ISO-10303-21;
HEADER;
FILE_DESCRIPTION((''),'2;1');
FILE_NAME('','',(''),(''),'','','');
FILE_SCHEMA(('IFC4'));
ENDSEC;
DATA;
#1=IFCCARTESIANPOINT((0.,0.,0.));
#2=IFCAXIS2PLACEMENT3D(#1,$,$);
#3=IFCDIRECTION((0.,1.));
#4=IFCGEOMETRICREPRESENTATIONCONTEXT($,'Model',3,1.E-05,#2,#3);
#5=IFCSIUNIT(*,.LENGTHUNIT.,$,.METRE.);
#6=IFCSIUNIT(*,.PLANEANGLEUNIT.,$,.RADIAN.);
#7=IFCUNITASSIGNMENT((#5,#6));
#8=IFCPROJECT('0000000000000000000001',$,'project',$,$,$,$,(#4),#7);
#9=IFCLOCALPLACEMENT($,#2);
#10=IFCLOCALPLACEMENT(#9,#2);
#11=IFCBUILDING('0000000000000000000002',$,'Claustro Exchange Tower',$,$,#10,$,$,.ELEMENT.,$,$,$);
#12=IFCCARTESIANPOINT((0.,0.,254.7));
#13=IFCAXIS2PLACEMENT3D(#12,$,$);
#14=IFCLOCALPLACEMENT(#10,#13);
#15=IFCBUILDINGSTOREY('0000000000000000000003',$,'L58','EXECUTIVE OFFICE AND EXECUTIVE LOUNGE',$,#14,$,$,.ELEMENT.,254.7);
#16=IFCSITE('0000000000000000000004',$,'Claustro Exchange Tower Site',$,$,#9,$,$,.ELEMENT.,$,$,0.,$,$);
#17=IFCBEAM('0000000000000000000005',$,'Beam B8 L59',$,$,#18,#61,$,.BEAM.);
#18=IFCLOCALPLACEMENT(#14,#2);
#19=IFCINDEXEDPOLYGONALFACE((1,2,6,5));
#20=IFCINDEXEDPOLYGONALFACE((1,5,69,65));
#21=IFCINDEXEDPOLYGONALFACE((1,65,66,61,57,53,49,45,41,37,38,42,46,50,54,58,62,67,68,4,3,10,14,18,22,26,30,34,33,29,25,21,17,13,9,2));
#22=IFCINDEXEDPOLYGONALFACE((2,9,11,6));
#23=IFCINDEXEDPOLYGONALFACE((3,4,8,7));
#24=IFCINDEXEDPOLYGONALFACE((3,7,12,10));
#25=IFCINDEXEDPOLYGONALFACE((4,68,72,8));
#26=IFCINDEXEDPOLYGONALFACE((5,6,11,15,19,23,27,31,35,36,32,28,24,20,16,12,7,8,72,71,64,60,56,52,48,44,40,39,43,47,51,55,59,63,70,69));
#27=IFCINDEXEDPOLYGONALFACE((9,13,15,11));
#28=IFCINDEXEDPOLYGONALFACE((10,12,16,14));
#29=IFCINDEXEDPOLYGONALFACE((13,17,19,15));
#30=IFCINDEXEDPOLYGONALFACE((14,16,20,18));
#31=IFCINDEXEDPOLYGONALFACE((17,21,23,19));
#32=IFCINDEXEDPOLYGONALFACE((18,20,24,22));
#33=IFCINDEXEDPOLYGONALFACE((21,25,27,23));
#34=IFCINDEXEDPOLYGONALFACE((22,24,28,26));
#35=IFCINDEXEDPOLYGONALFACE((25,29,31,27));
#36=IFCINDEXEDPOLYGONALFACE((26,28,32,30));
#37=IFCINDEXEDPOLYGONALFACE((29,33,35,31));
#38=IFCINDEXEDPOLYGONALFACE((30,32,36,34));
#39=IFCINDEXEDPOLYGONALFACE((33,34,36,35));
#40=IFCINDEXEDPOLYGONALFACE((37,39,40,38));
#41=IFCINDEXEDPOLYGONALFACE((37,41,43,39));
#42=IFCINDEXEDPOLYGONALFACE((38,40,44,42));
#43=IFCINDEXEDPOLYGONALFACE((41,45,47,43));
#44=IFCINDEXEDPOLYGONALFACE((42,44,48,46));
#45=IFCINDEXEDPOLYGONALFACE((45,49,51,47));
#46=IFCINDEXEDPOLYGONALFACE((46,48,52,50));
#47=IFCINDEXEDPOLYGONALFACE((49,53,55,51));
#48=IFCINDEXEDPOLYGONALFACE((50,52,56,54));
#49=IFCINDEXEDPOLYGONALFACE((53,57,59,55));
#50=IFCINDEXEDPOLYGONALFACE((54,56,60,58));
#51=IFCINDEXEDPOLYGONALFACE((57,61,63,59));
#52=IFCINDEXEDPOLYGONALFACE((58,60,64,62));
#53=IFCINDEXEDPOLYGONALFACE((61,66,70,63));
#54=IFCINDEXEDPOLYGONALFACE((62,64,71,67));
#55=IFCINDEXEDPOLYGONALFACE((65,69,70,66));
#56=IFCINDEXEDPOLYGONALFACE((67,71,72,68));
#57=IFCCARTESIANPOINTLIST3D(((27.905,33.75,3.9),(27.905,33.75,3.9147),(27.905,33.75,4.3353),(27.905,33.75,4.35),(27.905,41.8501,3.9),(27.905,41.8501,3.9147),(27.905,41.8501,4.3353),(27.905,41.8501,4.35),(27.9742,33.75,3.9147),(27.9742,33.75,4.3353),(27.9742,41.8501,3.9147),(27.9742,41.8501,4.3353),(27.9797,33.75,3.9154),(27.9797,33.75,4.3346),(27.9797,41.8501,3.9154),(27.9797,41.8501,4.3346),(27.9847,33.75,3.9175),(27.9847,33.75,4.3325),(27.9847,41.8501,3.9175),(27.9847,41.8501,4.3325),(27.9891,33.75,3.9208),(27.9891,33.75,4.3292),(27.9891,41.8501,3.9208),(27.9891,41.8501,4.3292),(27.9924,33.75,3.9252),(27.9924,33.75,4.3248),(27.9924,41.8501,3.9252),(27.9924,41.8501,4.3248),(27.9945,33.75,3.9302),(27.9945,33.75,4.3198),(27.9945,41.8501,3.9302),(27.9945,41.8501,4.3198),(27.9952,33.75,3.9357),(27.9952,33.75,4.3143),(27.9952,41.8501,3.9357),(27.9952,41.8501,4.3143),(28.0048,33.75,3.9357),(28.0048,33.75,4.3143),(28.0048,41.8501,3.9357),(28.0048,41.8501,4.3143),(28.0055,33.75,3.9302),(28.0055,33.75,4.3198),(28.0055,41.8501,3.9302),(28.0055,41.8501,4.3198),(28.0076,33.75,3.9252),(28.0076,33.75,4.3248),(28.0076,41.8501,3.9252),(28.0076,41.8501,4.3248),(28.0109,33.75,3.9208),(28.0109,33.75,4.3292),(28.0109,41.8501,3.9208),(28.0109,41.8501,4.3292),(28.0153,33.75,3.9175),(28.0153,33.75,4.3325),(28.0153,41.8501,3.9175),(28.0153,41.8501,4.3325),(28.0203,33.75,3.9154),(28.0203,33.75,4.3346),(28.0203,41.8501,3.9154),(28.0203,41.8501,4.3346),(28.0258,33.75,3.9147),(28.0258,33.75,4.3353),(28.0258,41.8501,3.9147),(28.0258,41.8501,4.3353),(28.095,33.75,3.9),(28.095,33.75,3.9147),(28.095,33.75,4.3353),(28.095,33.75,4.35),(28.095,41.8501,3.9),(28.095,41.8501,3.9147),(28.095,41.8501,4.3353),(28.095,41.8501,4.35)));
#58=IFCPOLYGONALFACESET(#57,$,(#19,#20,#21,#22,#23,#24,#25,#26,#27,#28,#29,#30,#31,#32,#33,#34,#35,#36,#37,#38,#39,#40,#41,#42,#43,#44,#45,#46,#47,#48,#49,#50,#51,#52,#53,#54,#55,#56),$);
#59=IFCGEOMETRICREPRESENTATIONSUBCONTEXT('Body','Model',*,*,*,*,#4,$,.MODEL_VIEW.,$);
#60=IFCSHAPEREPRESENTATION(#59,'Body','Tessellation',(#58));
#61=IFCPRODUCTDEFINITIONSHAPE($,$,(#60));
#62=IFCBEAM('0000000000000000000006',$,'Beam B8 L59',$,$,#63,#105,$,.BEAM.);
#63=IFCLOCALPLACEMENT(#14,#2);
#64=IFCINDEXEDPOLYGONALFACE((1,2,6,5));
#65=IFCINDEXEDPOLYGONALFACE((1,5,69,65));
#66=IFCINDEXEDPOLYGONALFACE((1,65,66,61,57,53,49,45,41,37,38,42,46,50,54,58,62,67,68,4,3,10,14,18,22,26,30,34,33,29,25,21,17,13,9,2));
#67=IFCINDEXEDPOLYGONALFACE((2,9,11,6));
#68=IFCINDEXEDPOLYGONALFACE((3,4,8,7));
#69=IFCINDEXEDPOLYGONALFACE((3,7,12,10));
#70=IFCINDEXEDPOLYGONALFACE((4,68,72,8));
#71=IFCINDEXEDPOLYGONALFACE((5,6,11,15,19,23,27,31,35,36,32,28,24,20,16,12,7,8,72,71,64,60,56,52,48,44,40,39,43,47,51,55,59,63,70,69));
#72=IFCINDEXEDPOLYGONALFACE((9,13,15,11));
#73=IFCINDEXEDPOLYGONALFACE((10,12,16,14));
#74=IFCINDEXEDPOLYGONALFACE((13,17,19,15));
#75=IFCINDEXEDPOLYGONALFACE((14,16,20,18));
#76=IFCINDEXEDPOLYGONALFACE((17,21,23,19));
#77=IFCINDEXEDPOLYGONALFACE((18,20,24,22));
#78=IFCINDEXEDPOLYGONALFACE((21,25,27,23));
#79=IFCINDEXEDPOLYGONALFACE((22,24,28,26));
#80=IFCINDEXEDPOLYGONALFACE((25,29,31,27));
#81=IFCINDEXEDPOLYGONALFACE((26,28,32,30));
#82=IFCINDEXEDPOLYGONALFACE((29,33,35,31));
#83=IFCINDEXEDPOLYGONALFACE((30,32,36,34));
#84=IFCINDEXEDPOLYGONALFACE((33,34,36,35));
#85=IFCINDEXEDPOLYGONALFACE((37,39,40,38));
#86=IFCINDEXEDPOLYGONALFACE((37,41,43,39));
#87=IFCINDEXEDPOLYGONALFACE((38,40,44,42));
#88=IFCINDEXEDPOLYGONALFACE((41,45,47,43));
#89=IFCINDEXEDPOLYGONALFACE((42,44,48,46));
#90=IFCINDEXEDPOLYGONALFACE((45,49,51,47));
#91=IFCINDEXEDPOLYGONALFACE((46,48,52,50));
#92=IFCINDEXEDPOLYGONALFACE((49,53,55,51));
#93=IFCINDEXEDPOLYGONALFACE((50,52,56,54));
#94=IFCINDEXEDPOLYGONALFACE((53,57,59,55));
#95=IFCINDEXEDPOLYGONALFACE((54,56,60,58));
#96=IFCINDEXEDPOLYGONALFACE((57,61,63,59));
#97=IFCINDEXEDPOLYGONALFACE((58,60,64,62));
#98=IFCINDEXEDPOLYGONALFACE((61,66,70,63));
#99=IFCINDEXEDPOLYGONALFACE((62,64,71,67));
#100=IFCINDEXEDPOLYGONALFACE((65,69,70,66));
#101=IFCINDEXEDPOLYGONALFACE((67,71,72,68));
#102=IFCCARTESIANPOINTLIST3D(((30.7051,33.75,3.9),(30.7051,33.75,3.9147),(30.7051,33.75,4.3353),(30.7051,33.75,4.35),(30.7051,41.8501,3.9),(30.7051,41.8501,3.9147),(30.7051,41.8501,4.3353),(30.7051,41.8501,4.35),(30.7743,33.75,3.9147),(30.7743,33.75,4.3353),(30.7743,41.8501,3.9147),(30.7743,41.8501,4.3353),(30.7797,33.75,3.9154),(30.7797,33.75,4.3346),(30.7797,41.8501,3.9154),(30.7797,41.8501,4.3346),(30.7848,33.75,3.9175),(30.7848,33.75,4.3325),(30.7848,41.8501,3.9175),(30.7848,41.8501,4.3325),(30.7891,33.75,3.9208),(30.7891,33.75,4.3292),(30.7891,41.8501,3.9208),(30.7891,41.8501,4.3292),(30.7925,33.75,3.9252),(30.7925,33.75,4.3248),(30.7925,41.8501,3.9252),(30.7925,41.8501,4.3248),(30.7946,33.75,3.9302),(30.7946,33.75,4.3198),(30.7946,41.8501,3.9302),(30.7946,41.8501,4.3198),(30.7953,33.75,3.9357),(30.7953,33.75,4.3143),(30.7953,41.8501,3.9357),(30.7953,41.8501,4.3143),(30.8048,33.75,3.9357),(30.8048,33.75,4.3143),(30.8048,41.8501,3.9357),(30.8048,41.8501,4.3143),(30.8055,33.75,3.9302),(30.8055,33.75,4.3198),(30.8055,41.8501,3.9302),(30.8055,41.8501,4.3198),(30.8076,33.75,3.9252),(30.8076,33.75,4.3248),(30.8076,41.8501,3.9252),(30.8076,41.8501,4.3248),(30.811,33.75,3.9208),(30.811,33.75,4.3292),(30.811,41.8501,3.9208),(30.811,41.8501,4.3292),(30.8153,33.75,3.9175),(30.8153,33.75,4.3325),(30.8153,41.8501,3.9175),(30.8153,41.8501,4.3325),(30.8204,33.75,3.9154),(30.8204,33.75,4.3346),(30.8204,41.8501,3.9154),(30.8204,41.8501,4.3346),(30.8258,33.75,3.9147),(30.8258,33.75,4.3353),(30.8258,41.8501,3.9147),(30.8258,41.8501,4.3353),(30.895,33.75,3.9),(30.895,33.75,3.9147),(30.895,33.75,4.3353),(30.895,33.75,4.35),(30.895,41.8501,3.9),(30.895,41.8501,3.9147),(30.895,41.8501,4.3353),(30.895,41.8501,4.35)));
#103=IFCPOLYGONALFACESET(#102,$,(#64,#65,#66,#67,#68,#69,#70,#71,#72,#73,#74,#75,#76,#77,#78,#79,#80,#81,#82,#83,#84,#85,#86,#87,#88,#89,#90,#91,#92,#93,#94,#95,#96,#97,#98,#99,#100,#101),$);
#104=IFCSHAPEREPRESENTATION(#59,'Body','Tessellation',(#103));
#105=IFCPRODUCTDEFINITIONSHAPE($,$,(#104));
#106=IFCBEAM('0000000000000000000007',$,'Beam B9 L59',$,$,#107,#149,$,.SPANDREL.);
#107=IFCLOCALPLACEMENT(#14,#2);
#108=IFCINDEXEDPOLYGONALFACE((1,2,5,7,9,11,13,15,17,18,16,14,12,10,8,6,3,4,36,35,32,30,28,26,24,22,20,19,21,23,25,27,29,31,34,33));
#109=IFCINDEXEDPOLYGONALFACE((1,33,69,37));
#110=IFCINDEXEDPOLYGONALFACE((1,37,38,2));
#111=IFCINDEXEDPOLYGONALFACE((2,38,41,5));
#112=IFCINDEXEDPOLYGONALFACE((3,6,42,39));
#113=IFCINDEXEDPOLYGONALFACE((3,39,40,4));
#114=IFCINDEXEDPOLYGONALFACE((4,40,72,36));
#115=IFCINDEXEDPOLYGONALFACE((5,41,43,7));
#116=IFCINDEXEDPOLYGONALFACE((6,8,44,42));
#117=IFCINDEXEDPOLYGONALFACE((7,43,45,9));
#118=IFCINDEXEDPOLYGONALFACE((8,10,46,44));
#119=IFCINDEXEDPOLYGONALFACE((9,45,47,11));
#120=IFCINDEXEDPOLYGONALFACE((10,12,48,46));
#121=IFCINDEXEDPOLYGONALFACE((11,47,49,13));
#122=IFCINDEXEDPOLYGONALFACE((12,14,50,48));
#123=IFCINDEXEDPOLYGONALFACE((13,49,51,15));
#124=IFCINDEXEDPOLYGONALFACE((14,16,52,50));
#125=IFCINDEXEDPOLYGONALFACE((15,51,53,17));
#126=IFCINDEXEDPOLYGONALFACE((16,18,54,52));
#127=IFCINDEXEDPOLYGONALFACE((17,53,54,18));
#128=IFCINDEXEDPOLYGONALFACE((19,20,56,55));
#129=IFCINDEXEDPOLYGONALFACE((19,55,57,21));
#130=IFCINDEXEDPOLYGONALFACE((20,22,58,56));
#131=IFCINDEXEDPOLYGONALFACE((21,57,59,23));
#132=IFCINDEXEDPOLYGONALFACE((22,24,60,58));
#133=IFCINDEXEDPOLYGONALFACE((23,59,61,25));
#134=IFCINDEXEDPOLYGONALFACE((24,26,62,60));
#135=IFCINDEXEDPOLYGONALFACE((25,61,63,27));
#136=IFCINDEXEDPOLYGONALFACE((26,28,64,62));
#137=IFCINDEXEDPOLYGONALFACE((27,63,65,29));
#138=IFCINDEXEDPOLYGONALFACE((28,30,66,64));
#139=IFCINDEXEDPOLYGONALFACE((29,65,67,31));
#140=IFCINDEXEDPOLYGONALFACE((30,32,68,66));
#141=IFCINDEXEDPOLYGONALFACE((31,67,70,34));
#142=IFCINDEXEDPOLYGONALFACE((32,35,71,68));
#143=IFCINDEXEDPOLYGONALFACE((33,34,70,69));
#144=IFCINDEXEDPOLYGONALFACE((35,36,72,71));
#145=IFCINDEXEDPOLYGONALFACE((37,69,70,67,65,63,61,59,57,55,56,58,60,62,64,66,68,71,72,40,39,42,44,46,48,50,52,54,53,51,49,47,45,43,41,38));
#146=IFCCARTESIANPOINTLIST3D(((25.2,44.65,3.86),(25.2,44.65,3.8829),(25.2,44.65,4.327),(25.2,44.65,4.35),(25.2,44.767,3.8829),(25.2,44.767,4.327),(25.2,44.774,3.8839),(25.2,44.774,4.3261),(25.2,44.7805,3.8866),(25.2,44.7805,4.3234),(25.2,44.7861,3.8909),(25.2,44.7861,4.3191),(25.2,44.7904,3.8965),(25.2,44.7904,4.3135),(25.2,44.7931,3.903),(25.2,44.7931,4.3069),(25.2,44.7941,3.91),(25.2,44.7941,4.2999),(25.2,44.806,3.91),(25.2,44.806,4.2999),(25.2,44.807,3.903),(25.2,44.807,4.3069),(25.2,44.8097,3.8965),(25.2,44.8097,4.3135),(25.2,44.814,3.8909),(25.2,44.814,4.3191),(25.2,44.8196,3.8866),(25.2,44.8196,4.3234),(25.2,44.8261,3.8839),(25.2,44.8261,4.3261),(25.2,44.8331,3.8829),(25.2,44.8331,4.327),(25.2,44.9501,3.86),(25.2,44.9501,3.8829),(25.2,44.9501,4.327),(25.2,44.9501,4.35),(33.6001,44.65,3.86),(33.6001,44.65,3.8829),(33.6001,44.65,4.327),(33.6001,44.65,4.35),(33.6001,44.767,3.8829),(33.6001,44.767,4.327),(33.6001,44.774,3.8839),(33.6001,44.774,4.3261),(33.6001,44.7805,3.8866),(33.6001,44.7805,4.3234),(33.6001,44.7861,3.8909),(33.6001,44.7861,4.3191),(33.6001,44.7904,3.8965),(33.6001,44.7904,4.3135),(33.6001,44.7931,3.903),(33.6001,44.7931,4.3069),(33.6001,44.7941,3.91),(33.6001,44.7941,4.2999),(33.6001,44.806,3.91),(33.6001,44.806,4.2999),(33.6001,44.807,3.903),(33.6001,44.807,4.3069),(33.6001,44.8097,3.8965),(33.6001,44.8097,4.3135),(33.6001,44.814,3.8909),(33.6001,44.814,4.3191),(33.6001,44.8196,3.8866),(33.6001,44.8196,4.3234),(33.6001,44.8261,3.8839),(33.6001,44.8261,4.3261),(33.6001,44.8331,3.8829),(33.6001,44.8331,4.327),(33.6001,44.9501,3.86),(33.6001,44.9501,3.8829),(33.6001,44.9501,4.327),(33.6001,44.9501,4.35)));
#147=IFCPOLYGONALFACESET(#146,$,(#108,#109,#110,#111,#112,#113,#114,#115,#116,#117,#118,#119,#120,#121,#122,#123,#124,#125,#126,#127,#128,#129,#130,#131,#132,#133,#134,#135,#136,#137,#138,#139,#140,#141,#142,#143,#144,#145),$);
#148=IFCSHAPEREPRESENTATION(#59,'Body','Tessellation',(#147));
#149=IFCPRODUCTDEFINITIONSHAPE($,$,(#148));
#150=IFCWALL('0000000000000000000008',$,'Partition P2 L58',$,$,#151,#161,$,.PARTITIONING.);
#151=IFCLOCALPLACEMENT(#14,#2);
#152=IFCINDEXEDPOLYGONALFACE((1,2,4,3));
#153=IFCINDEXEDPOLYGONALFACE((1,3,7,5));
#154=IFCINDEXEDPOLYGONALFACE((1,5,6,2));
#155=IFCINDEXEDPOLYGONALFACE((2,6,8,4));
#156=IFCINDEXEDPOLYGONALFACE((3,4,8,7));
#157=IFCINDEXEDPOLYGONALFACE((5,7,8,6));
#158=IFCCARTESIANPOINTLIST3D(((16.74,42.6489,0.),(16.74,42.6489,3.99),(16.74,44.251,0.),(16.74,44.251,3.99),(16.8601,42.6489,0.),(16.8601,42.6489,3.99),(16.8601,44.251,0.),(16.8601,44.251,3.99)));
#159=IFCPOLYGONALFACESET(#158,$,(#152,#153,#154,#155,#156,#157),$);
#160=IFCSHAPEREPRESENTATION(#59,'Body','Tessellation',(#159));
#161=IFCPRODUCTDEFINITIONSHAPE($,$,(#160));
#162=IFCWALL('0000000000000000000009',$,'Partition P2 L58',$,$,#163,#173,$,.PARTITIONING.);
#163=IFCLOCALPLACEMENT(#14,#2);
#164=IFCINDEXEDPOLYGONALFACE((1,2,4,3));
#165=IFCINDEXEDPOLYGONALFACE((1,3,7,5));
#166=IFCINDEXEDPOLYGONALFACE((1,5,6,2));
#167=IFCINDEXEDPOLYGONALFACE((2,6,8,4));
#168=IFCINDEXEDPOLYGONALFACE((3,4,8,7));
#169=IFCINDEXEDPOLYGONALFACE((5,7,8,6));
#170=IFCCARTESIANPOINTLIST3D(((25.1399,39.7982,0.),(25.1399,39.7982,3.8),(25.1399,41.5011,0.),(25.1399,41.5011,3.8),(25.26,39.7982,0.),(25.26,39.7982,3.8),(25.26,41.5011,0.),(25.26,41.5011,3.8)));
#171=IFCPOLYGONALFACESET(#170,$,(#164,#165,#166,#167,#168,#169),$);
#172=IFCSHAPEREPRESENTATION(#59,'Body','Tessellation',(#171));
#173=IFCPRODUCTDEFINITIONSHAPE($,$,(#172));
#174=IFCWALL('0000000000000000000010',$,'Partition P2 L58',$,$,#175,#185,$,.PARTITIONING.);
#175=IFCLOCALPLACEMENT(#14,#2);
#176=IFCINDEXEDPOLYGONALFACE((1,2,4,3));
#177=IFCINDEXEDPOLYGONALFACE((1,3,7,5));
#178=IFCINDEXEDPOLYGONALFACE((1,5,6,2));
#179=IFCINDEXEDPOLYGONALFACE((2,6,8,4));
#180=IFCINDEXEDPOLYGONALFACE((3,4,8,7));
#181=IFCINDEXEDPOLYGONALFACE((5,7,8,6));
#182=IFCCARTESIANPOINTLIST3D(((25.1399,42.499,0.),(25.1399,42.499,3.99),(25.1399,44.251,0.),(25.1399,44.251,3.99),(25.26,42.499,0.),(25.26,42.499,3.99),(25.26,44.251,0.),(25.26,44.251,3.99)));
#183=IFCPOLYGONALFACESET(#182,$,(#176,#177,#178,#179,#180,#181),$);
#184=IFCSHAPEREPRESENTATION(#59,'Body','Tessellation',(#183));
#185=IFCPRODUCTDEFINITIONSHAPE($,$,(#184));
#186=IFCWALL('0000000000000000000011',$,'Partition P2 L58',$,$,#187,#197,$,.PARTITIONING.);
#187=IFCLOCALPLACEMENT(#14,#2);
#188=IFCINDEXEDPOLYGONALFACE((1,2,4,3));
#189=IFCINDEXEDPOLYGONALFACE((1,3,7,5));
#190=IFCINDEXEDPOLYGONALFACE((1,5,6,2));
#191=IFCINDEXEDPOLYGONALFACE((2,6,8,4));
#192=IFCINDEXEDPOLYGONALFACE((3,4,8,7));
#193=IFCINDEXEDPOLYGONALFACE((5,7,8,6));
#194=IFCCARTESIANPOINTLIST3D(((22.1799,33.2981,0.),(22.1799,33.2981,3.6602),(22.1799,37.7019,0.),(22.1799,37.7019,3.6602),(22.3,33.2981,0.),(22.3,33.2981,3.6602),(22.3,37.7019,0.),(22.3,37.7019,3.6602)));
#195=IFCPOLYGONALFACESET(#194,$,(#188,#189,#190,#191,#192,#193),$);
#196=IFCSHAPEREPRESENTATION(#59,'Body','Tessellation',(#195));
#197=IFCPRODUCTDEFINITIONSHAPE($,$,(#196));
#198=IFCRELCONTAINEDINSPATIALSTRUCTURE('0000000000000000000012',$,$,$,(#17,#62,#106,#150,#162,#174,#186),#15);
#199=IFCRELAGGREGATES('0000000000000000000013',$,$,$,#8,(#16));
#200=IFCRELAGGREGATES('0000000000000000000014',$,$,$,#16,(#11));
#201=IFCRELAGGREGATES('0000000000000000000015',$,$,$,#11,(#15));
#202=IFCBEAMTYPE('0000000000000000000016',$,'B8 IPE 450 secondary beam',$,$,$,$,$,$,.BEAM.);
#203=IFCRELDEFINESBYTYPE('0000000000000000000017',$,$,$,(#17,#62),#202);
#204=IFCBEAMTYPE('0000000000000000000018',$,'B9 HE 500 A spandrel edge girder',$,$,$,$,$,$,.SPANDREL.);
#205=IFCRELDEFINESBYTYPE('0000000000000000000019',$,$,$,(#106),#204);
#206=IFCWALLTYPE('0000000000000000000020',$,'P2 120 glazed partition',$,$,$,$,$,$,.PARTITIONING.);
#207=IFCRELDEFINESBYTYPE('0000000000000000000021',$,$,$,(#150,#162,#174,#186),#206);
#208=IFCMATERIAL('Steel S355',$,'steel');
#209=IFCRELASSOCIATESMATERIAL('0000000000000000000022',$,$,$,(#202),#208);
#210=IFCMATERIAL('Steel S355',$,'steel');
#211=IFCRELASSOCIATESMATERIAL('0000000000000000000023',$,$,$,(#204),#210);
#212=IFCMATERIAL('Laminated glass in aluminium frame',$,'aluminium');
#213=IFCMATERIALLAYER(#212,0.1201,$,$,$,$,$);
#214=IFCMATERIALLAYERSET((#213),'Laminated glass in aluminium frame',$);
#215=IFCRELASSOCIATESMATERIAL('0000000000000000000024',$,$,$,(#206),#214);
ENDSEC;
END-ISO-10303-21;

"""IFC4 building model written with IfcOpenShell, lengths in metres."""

from ifc_helpers import new_model, si_unit, direction, frame, frame_2d, origin, origin_2d, place, context, subcontext, project, spatial, rectangle, i_section, extrude, material, layer, layer_set, material_profile, profile_set, type_object, element, save


model = new_model("IFC4")

# Units and contexts
model_context = context("Model", 3, precision=1e-05, world=origin(), true_north=direction((0.0, 1.0)))
body_context = subcontext(model_context, "Body", "Model", "MODEL_VIEW")
ifc_project = project(units=[si_unit("LENGTHUNIT", "METRE"), si_unit("PLANEANGLEUNIT", "RADIAN")], contexts=[model_context])

# Site, building, storey
site_placement = place(None, origin())
site = spatial("IfcSite", under=ifc_project, at=site_placement, Name="Claustro Exchange Tower Site", CompositionType="ELEMENT", RefElevation=0.0)
building_placement = place(site_placement, origin())
building = spatial("IfcBuilding", under=site, at=building_placement, Name="Claustro Exchange Tower", CompositionType="ELEMENT")
storey_placement = place(building_placement, frame((0.0, 0.0, 254.7)))
storey = spatial("IfcBuildingStorey", under=building, at=storey_placement, Name="L58", Description="EXECUTIVE OFFICE AND EXECUTIVE LOUNGE", CompositionType="ELEMENT", Elevation=254.7)

# Beams
ifc_material_1 = material(Name="Steel S355", Category="steel")
ifc_material_profile_1 = material_profile(ifc_material_1, i_section(OverallWidth=0.1899, OverallDepth=0.45, WebThickness=0.0095, FlangeThickness=0.0146, FilletRadius=0.021, at=origin_2d()), Name="IPE 450")
ifc_profile_set_1 = profile_set([ifc_material_profile_1], Name="Steel S355")
beam_type_1 = type_object("IfcBeamType", Name="B8 IPE 450 secondary beam", PredefinedType="BEAM", material=ifc_profile_set_1)
for number, where, z_axis, x_axis, name in (
    (1, (28.0, 33.75, 4.125), (0.0, 1.0, 0.0), (-1.0, 0.0, 0.0), "Beam B8 L59"),
    (2, (30.8, 33.75, 4.125), (0.0, 1.0, 0.0), (-1.0, 0.0, 0.0), "Beam B8 L59"),
):
    element("IfcBeam", number, at=place(storey_placement, frame(where, z_axis=z_axis, x_axis=x_axis)), inside=storey, type_object=beam_type_1, Name=name, PredefinedType="BEAM", context=body_context, shape_type="SweptSolid", body=[
        extrude(i_section(OverallWidth=0.1899, OverallDepth=0.45, WebThickness=0.0095, FlangeThickness=0.0146, FilletRadius=0.021, at=origin_2d()), origin(), (0.0, 0.0, 1.0), 8.1001),
    ])
ifc_material_2 = material(Name="Steel S355", Category="steel")
ifc_material_profile_2 = material_profile(ifc_material_2, i_section(OverallWidth=0.3, OverallDepth=0.49, WebThickness=0.012, FlangeThickness=0.0229, FilletRadius=0.0271, at=origin_2d()), Name="HE 500 A")
ifc_profile_set_2 = profile_set([ifc_material_profile_2], Name="Steel S355")
beam_type_2 = type_object("IfcBeamType", Name="B9 HE 500 A spandrel edge girder", PredefinedType="SPANDREL", material=ifc_profile_set_2)
beam_1_placement = place(storey_placement, frame((25.2, 44.8, 4.105), z_axis=(1.0, 0.0, 0.0), x_axis=(0.0, 1.0, 0.0)))
element("IfcBeam", 3, at=beam_1_placement, inside=storey, type_object=beam_type_2, Name="Beam B9 L59", PredefinedType="SPANDREL", context=body_context, shape_type="SweptSolid", body=[
    extrude(i_section(OverallWidth=0.3, OverallDepth=0.49, WebThickness=0.012, FlangeThickness=0.0229, FilletRadius=0.0271, at=origin_2d()), origin(), (0.0, 0.0, 1.0), 8.4001),
])

# Walls
ifc_material_3 = material(Name="Laminated glass in aluminium frame", Category="aluminium")
ifc_layer_1 = layer(ifc_material_3, 0.1201)
ifc_layer_set_1 = layer_set([ifc_layer_1], Name="Laminated glass in aluminium frame")
wall_type_1 = type_object("IfcWallType", Name="P2 120 glazed partition", PredefinedType="PARTITIONING", material=ifc_layer_set_1)
wall_1_placement = place(storey_placement, frame((16.8, 42.6489, 0.0), z_axis=(0.0, 0.0, 1.0), x_axis=(0.0, 1.0, 0.0)))
element("IfcWall", 4, at=wall_1_placement, inside=storey, type_object=wall_type_1, Name="Partition P2 L58", PredefinedType="PARTITIONING", context=body_context, shape_type="SweptSolid", body=[
    extrude(rectangle(XDim=1.6021, YDim=0.1201, at=frame_2d((0.801, 0.0))), origin(), (0.0, 0.0, 1.0), 3.99),
])
wall_2_placement = place(storey_placement, frame((25.2, 39.7981, 0.0), z_axis=(0.0, 0.0, 1.0), x_axis=(0.0, 1.0, 0.0)))
element("IfcWall", 5, at=wall_2_placement, inside=storey, type_object=wall_type_1, Name="Partition P2 L58", PredefinedType="PARTITIONING", context=body_context, shape_type="SweptSolid", body=[
    extrude(rectangle(XDim=1.7029, YDim=0.1201, at=frame_2d((0.8516, 0.0))), origin(), (0.0, 0.0, 1.0), 3.8),
])
wall_3_placement = place(storey_placement, frame((25.2, 42.499, 0.0), z_axis=(0.0, 0.0, 1.0), x_axis=(0.0, 1.0, 0.0)))
element("IfcWall", 6, at=wall_3_placement, inside=storey, type_object=wall_type_1, Name="Partition P2 L58", PredefinedType="PARTITIONING", context=body_context, shape_type="SweptSolid", body=[
    extrude(rectangle(XDim=1.752, YDim=0.1201, at=frame_2d((0.876, 0.0))), origin(), (0.0, 0.0, 1.0), 3.99),
])
wall_4_placement = place(storey_placement, frame((22.24, 33.2981, 0.0), z_axis=(0.0, 0.0, 1.0), x_axis=(0.0, 1.0, 0.0)))
element("IfcWall", 7, at=wall_4_placement, inside=storey, type_object=wall_type_1, Name="Partition P2 L58", PredefinedType="PARTITIONING", context=body_context, shape_type="SweptSolid", body=[
    extrude(rectangle(XDim=4.4038, YDim=0.1201, at=frame_2d((2.2019, 0.0))), origin(), (0.0, 0.0, 1.0), 3.6602),
])

save(model, "model.ifc")
